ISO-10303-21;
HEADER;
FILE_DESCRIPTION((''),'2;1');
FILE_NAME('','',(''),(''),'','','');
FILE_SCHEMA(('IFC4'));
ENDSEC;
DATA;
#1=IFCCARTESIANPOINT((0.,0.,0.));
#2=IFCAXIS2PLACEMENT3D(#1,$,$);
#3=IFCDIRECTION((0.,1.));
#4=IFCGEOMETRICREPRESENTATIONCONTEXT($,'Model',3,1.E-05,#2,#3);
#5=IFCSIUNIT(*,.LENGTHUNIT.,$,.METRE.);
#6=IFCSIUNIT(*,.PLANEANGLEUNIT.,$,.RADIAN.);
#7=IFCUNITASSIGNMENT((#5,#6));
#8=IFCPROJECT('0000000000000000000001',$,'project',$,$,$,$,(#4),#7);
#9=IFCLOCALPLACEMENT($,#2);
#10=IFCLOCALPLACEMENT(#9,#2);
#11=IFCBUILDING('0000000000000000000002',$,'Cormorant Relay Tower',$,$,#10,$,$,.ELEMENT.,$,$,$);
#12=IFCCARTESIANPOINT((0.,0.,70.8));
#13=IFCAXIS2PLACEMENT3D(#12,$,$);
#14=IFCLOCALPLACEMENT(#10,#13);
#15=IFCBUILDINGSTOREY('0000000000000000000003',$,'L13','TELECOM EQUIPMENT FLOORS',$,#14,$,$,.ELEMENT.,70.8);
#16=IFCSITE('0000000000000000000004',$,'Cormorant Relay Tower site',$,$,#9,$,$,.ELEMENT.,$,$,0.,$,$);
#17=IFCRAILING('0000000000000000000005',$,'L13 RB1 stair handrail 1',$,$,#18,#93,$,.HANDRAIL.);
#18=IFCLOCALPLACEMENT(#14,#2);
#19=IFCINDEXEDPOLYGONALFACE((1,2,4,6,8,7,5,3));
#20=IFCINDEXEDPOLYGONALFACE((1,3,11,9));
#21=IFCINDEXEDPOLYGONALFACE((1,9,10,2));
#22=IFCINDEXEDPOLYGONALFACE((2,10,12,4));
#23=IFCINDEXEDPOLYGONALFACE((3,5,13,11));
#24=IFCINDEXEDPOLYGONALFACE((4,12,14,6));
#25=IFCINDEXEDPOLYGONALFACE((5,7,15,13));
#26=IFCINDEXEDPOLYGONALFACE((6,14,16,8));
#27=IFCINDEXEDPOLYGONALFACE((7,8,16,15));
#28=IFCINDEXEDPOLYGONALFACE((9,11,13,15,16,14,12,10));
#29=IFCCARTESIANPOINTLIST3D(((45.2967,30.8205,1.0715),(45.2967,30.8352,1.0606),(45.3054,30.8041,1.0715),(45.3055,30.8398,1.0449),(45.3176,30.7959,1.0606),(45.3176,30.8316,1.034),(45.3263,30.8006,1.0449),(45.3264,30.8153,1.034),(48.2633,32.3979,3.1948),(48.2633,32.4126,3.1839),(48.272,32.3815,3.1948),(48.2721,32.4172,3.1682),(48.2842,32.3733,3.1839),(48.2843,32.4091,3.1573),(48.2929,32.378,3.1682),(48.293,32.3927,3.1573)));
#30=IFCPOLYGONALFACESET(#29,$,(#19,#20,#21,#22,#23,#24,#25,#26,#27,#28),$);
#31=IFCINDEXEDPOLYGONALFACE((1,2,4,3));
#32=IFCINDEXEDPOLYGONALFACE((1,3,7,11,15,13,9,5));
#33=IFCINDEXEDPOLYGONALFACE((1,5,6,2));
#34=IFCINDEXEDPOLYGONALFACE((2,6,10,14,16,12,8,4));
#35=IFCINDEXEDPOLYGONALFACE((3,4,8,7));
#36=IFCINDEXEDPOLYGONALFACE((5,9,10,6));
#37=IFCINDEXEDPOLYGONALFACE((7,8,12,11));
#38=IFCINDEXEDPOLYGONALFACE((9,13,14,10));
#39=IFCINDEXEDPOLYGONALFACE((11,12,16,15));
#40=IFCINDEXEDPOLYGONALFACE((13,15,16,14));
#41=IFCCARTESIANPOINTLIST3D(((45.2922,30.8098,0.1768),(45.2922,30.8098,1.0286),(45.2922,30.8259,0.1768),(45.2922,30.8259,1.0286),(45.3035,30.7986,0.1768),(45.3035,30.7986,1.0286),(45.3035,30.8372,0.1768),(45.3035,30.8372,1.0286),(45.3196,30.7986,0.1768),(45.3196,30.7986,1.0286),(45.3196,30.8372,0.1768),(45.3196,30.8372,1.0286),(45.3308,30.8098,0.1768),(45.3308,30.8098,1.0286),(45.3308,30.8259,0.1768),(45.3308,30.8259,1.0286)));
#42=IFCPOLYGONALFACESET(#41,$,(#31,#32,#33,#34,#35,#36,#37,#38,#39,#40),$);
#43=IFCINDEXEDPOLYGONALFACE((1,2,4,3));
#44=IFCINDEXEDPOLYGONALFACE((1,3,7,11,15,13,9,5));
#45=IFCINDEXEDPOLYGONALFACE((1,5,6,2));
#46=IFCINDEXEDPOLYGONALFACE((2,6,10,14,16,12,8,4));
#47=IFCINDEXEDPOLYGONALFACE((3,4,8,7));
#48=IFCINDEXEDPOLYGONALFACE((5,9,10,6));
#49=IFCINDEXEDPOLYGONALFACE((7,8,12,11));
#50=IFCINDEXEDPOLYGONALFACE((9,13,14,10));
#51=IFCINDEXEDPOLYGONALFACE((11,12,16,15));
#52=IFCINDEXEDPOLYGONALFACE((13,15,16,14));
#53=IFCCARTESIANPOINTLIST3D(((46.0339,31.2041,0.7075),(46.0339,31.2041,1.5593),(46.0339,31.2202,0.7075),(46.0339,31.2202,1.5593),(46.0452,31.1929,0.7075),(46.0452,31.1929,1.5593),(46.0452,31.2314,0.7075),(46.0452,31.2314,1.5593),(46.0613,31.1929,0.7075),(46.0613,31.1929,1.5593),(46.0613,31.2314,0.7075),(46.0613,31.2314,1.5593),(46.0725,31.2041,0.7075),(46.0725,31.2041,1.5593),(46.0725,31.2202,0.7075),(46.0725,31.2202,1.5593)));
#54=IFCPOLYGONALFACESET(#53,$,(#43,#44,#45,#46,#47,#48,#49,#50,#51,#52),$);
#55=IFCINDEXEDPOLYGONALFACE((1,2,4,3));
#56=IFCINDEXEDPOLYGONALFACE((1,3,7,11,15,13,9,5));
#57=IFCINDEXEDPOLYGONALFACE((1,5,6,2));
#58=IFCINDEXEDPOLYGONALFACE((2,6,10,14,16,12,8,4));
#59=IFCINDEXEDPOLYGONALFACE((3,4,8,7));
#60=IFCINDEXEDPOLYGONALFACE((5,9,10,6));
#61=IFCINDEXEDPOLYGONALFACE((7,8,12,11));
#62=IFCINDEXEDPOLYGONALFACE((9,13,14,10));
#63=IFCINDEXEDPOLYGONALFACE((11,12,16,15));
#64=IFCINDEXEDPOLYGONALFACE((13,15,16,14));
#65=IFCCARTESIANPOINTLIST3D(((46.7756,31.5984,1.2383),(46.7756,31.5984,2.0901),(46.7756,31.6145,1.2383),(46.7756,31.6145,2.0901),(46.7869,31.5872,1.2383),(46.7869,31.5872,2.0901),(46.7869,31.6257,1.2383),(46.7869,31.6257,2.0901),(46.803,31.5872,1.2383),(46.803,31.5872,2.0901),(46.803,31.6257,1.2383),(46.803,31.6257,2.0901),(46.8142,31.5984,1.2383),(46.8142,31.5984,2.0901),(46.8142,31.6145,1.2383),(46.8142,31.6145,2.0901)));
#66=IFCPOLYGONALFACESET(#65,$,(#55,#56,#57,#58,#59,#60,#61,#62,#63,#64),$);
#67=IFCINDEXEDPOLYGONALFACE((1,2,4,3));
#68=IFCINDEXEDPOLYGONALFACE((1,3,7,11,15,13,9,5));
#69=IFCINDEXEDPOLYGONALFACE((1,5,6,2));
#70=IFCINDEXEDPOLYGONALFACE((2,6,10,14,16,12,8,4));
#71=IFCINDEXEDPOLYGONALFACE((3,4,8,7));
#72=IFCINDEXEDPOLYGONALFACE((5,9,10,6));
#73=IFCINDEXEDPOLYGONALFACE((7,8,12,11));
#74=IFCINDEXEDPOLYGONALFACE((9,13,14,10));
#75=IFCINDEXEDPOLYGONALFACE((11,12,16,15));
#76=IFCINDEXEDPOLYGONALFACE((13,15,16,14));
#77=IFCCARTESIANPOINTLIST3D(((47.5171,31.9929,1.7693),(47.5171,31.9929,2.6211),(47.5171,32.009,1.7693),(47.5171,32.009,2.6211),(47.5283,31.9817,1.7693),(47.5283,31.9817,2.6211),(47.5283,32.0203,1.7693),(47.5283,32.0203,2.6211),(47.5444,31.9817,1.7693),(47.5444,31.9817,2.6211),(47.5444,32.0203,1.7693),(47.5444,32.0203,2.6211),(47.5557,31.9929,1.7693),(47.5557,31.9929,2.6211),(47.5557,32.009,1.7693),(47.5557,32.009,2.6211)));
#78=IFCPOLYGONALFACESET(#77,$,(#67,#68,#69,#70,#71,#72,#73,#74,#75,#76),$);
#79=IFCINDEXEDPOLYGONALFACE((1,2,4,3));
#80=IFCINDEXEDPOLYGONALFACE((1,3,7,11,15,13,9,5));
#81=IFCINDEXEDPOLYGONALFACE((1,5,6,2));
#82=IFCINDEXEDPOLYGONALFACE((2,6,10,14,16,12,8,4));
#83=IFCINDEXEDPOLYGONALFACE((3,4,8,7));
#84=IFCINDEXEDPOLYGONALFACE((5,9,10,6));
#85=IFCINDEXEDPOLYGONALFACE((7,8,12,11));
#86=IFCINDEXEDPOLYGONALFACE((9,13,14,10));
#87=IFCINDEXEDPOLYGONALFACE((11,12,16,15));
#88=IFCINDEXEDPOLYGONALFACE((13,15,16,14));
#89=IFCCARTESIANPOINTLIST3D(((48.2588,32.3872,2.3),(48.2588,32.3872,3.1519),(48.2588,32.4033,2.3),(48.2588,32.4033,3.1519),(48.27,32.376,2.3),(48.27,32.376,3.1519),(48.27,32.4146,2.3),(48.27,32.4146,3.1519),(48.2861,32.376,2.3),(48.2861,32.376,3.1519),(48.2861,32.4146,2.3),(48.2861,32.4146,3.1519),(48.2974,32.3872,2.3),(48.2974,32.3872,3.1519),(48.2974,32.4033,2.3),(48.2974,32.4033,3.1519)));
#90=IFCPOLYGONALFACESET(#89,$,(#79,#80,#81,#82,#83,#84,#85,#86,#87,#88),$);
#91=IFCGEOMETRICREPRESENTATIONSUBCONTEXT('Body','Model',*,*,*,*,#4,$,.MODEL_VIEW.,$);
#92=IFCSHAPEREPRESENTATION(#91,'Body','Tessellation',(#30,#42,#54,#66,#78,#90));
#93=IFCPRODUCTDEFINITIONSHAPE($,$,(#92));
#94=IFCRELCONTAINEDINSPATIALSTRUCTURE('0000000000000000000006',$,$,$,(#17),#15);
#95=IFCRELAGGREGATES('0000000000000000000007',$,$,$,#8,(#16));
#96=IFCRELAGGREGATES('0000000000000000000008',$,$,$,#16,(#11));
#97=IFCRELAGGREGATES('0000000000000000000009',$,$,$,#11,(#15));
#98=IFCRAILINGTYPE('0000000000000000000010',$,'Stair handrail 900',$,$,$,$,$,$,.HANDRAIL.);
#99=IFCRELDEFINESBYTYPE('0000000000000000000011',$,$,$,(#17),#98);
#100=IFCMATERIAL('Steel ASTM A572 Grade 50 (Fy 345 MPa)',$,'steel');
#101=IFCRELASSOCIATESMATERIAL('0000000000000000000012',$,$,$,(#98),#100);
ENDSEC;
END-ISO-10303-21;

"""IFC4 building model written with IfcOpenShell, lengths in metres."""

from ifc_helpers import new_model, si_unit, direction, frame, origin, place, context, subcontext, project, spatial, polyline, outline, extrude, material, type_object, element, save


model = new_model("IFC4")

# Units and contexts
model_context = context("Model", 3, precision=1e-05, world=origin(), true_north=direction((0.0, 1.0)))
body_context = subcontext(model_context, "Body", "Model", "MODEL_VIEW")
ifc_project = project(units=[si_unit("LENGTHUNIT", "METRE"), si_unit("PLANEANGLEUNIT", "RADIAN")], contexts=[model_context])

# Site, building, storey
site_placement = place(None, origin())
site = spatial("IfcSite", under=ifc_project, at=site_placement, Name="Cormorant Relay Tower site", CompositionType="ELEMENT", RefElevation=0.0)
building_placement = place(site_placement, origin())
building = spatial("IfcBuilding", under=site, at=building_placement, Name="Cormorant Relay Tower", CompositionType="ELEMENT")
storey_placement = place(building_placement, frame((0.0, 0.0, 70.8)))
storey = spatial("IfcBuildingStorey", under=building, at=storey_placement, Name="L13", Description="TELECOM EQUIPMENT FLOORS", CompositionType="ELEMENT", Elevation=70.8)

# Railing
ifc_material_1 = material(Name="Steel ASTM A572 Grade 50 (Fy 345 MPa)", Category="steel")
railing_type_1 = type_object("IfcRailingType", Name="Stair handrail 900", PredefinedType="HANDRAIL", material=ifc_material_1)
railing_1_placement = place(storey_placement, frame((45.3115, 30.8179, 0.1768)))
element("IfcRailing", 1, at=railing_1_placement, inside=storey, type_object=railing_type_1, Name="L13 RB1 stair handrail 1", PredefinedType="HANDRAIL", context=body_context, shape_type="SweptSolid", body=[
    extrude(outline(polyline([(0.0222, 0.0093), (0.0093, 0.0222), (-0.0093, 0.0222), (-0.0222, 0.0093), (-0.0222, -0.0093), (-0.0093, -0.0222), (0.0093, -0.0222), (0.0222, -0.0093), (0.0222, 0.0093)])), frame((0.0, 0.0, 0.876), z_axis=(0.746389, 0.396874, 0.534223), x_axis=(-0.469483, 0.882942, 0.0)), (0.0, 0.0, 1.0), 3.9746),
    extrude(outline(polyline([(0.0193, 0.0081), (0.0081, 0.0193), (-0.0081, 0.0193), (-0.0193, 0.0081), (-0.0193, -0.0081), (-0.0081, -0.0193), (0.0081, -0.0193), (0.0193, -0.0081), (0.0193, 0.0081)])), origin(), (0.0, 0.0, 1.0), 0.8518),
    extrude(outline(polyline([(0.0193, 0.0081), (0.0081, 0.0193), (-0.0081, 0.0193), (-0.0193, 0.0081), (-0.0193, -0.0081), (-0.0081, -0.0193), (0.0081, -0.0193), (0.0193, -0.0081), (0.0193, 0.0081)])), frame((0.7417, 0.3943, 0.5308)), (0.0, 0.0, 1.0), 0.8518),
    extrude(outline(polyline([(0.0193, 0.0081), (0.0081, 0.0193), (-0.0081, 0.0193), (-0.0193, 0.0081), (-0.0193, -0.0081), (-0.0081, -0.0193), (0.0081, -0.0193), (0.0193, -0.0081), (0.0193, 0.0081)])), frame((1.4834, 0.7886, 1.0615)), (0.0, 0.0, 1.0), 0.8518),
    extrude(outline(polyline([(0.0193, 0.0081), (0.0081, 0.0193), (-0.0081, 0.0193), (-0.0193, 0.0081), (-0.0193, -0.0081), (-0.0081, -0.0193), (0.0081, -0.0193), (0.0193, -0.0081), (0.0193, 0.0081)])), frame((2.2249, 1.1831, 1.5925)), (0.0, 0.0, 1.0), 0.8518),
    extrude(outline(polyline([(0.0193, 0.0081), (0.0081, 0.0193), (-0.0081, 0.0193), (-0.0193, 0.0081), (-0.0193, -0.0081), (-0.0081, -0.0193), (0.0081, -0.0193), (0.0193, -0.0081), (0.0193, 0.0081)])), frame((2.9666, 1.5774, 2.1233)), (0.0, 0.0, 1.0), 0.8518),
])

save(model, "model.ifc")
